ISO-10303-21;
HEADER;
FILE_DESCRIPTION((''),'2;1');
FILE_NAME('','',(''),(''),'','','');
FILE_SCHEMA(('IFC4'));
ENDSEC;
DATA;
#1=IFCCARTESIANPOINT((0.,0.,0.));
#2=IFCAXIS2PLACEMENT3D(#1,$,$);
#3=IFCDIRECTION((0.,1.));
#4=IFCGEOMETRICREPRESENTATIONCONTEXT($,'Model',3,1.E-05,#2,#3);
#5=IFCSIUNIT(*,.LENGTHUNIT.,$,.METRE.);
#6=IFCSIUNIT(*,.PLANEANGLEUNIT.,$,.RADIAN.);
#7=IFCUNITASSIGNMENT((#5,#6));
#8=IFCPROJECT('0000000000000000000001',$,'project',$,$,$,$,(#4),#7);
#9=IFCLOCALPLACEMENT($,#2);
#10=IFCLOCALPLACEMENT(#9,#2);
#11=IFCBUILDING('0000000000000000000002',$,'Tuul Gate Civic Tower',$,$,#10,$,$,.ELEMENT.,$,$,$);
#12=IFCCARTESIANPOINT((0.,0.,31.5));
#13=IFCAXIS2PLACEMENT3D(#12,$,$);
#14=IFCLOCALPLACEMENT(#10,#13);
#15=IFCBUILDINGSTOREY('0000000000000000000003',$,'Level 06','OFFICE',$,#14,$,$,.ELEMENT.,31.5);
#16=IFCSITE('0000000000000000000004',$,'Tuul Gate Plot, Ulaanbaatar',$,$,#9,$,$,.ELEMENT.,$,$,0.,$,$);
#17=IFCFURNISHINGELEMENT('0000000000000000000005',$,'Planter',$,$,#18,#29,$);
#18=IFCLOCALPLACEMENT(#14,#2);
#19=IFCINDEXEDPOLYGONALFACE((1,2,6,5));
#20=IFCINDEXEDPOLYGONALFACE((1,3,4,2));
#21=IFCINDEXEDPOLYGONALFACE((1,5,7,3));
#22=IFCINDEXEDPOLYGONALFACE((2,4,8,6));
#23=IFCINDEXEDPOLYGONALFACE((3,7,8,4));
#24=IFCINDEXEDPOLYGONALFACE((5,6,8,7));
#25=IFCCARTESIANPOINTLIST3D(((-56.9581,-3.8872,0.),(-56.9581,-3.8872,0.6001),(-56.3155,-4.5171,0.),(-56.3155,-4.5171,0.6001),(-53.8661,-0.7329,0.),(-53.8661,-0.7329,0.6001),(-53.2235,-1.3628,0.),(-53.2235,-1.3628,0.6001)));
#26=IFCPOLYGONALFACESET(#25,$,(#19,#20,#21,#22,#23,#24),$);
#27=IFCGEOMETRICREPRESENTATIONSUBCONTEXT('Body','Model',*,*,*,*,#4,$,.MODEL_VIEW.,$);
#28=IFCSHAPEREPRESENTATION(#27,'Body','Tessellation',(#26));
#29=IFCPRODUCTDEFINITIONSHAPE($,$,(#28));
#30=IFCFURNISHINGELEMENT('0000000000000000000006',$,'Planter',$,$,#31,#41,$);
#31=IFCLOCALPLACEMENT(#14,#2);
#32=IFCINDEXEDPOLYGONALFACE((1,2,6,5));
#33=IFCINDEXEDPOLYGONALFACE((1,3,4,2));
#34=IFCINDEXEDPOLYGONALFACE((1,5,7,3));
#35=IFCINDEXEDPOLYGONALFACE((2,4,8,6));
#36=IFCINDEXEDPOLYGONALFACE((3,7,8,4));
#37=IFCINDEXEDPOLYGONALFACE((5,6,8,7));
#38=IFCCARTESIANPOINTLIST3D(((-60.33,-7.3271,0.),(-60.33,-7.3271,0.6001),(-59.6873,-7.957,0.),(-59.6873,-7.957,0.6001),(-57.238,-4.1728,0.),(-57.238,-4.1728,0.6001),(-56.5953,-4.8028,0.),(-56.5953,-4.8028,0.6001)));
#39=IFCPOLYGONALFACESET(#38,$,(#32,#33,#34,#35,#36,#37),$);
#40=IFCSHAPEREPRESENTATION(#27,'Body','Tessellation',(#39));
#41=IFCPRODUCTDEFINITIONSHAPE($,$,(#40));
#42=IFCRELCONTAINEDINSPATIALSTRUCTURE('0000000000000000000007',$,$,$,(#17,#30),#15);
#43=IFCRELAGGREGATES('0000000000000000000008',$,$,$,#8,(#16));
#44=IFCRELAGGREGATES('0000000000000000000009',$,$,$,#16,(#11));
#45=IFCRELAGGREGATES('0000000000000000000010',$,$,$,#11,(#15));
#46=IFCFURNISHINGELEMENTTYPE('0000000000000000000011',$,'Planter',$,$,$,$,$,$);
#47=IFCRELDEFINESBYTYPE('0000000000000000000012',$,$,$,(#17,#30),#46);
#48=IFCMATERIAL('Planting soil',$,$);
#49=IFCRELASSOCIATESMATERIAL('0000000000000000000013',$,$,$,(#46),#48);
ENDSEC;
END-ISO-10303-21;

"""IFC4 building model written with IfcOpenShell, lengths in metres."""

from ifc_helpers import new_model, si_unit, direction, frame, origin, origin_2d, place, context, subcontext, project, spatial, rectangle, extrude, material, type_object, element, save


model = new_model("IFC4")

# Units and contexts
model_context = context("Model", 3, precision=1e-05, world=origin(), true_north=direction((0.0, 1.0)))
body_context = subcontext(model_context, "Body", "Model", "MODEL_VIEW")
ifc_project = project(units=[si_unit("LENGTHUNIT", "METRE"), si_unit("PLANEANGLEUNIT", "RADIAN")], contexts=[model_context])

# Site, building, storey
site_placement = place(None, origin())
site = spatial("IfcSite", under=ifc_project, at=site_placement, Name="Tuul Gate Plot, Ulaanbaatar", CompositionType="ELEMENT", RefElevation=0.0)
building_placement = place(site_placement, origin())
building = spatial("IfcBuilding", under=site, at=building_placement, Name="Tuul Gate Civic Tower", CompositionType="ELEMENT")
storey_placement = place(building_placement, frame((0.0, 0.0, 31.5)))
storey = spatial("IfcBuildingStorey", under=building, at=storey_placement, Name="Level 06", Description="OFFICE", CompositionType="ELEMENT", Elevation=31.5)

# Furnishing elements
ifc_material_1 = material(Name="Planting soil")
furnishing_element_type = type_object("IfcFurnishingElementType", Name="Planter", material=ifc_material_1)
for number, where, z_axis, x_axis, name in (
    (1, (-55.0908, -2.625, 0.0), (0.0, 0.0, 1.0), (-0.700023, -0.71412, 0.0), "Planter"),
    (2, (-58.4626, -6.0649, 0.0), (0.0, 0.0, 1.0), (-0.700023, -0.71412, 0.0), "Planter"),
):
    element("IfcFurnishingElement", number, at=place(storey_placement, frame(where, z_axis=z_axis, x_axis=x_axis)), inside=storey, type_object=furnishing_element_type, Name=name, context=body_context, shape_type="SweptSolid", body=[
        extrude(rectangle(XDim=4.417, YDim=0.8999, at=origin_2d()), origin(), (0.0, 0.0, 1.0), 0.6001),
    ])

save(model, "model.ifc")
